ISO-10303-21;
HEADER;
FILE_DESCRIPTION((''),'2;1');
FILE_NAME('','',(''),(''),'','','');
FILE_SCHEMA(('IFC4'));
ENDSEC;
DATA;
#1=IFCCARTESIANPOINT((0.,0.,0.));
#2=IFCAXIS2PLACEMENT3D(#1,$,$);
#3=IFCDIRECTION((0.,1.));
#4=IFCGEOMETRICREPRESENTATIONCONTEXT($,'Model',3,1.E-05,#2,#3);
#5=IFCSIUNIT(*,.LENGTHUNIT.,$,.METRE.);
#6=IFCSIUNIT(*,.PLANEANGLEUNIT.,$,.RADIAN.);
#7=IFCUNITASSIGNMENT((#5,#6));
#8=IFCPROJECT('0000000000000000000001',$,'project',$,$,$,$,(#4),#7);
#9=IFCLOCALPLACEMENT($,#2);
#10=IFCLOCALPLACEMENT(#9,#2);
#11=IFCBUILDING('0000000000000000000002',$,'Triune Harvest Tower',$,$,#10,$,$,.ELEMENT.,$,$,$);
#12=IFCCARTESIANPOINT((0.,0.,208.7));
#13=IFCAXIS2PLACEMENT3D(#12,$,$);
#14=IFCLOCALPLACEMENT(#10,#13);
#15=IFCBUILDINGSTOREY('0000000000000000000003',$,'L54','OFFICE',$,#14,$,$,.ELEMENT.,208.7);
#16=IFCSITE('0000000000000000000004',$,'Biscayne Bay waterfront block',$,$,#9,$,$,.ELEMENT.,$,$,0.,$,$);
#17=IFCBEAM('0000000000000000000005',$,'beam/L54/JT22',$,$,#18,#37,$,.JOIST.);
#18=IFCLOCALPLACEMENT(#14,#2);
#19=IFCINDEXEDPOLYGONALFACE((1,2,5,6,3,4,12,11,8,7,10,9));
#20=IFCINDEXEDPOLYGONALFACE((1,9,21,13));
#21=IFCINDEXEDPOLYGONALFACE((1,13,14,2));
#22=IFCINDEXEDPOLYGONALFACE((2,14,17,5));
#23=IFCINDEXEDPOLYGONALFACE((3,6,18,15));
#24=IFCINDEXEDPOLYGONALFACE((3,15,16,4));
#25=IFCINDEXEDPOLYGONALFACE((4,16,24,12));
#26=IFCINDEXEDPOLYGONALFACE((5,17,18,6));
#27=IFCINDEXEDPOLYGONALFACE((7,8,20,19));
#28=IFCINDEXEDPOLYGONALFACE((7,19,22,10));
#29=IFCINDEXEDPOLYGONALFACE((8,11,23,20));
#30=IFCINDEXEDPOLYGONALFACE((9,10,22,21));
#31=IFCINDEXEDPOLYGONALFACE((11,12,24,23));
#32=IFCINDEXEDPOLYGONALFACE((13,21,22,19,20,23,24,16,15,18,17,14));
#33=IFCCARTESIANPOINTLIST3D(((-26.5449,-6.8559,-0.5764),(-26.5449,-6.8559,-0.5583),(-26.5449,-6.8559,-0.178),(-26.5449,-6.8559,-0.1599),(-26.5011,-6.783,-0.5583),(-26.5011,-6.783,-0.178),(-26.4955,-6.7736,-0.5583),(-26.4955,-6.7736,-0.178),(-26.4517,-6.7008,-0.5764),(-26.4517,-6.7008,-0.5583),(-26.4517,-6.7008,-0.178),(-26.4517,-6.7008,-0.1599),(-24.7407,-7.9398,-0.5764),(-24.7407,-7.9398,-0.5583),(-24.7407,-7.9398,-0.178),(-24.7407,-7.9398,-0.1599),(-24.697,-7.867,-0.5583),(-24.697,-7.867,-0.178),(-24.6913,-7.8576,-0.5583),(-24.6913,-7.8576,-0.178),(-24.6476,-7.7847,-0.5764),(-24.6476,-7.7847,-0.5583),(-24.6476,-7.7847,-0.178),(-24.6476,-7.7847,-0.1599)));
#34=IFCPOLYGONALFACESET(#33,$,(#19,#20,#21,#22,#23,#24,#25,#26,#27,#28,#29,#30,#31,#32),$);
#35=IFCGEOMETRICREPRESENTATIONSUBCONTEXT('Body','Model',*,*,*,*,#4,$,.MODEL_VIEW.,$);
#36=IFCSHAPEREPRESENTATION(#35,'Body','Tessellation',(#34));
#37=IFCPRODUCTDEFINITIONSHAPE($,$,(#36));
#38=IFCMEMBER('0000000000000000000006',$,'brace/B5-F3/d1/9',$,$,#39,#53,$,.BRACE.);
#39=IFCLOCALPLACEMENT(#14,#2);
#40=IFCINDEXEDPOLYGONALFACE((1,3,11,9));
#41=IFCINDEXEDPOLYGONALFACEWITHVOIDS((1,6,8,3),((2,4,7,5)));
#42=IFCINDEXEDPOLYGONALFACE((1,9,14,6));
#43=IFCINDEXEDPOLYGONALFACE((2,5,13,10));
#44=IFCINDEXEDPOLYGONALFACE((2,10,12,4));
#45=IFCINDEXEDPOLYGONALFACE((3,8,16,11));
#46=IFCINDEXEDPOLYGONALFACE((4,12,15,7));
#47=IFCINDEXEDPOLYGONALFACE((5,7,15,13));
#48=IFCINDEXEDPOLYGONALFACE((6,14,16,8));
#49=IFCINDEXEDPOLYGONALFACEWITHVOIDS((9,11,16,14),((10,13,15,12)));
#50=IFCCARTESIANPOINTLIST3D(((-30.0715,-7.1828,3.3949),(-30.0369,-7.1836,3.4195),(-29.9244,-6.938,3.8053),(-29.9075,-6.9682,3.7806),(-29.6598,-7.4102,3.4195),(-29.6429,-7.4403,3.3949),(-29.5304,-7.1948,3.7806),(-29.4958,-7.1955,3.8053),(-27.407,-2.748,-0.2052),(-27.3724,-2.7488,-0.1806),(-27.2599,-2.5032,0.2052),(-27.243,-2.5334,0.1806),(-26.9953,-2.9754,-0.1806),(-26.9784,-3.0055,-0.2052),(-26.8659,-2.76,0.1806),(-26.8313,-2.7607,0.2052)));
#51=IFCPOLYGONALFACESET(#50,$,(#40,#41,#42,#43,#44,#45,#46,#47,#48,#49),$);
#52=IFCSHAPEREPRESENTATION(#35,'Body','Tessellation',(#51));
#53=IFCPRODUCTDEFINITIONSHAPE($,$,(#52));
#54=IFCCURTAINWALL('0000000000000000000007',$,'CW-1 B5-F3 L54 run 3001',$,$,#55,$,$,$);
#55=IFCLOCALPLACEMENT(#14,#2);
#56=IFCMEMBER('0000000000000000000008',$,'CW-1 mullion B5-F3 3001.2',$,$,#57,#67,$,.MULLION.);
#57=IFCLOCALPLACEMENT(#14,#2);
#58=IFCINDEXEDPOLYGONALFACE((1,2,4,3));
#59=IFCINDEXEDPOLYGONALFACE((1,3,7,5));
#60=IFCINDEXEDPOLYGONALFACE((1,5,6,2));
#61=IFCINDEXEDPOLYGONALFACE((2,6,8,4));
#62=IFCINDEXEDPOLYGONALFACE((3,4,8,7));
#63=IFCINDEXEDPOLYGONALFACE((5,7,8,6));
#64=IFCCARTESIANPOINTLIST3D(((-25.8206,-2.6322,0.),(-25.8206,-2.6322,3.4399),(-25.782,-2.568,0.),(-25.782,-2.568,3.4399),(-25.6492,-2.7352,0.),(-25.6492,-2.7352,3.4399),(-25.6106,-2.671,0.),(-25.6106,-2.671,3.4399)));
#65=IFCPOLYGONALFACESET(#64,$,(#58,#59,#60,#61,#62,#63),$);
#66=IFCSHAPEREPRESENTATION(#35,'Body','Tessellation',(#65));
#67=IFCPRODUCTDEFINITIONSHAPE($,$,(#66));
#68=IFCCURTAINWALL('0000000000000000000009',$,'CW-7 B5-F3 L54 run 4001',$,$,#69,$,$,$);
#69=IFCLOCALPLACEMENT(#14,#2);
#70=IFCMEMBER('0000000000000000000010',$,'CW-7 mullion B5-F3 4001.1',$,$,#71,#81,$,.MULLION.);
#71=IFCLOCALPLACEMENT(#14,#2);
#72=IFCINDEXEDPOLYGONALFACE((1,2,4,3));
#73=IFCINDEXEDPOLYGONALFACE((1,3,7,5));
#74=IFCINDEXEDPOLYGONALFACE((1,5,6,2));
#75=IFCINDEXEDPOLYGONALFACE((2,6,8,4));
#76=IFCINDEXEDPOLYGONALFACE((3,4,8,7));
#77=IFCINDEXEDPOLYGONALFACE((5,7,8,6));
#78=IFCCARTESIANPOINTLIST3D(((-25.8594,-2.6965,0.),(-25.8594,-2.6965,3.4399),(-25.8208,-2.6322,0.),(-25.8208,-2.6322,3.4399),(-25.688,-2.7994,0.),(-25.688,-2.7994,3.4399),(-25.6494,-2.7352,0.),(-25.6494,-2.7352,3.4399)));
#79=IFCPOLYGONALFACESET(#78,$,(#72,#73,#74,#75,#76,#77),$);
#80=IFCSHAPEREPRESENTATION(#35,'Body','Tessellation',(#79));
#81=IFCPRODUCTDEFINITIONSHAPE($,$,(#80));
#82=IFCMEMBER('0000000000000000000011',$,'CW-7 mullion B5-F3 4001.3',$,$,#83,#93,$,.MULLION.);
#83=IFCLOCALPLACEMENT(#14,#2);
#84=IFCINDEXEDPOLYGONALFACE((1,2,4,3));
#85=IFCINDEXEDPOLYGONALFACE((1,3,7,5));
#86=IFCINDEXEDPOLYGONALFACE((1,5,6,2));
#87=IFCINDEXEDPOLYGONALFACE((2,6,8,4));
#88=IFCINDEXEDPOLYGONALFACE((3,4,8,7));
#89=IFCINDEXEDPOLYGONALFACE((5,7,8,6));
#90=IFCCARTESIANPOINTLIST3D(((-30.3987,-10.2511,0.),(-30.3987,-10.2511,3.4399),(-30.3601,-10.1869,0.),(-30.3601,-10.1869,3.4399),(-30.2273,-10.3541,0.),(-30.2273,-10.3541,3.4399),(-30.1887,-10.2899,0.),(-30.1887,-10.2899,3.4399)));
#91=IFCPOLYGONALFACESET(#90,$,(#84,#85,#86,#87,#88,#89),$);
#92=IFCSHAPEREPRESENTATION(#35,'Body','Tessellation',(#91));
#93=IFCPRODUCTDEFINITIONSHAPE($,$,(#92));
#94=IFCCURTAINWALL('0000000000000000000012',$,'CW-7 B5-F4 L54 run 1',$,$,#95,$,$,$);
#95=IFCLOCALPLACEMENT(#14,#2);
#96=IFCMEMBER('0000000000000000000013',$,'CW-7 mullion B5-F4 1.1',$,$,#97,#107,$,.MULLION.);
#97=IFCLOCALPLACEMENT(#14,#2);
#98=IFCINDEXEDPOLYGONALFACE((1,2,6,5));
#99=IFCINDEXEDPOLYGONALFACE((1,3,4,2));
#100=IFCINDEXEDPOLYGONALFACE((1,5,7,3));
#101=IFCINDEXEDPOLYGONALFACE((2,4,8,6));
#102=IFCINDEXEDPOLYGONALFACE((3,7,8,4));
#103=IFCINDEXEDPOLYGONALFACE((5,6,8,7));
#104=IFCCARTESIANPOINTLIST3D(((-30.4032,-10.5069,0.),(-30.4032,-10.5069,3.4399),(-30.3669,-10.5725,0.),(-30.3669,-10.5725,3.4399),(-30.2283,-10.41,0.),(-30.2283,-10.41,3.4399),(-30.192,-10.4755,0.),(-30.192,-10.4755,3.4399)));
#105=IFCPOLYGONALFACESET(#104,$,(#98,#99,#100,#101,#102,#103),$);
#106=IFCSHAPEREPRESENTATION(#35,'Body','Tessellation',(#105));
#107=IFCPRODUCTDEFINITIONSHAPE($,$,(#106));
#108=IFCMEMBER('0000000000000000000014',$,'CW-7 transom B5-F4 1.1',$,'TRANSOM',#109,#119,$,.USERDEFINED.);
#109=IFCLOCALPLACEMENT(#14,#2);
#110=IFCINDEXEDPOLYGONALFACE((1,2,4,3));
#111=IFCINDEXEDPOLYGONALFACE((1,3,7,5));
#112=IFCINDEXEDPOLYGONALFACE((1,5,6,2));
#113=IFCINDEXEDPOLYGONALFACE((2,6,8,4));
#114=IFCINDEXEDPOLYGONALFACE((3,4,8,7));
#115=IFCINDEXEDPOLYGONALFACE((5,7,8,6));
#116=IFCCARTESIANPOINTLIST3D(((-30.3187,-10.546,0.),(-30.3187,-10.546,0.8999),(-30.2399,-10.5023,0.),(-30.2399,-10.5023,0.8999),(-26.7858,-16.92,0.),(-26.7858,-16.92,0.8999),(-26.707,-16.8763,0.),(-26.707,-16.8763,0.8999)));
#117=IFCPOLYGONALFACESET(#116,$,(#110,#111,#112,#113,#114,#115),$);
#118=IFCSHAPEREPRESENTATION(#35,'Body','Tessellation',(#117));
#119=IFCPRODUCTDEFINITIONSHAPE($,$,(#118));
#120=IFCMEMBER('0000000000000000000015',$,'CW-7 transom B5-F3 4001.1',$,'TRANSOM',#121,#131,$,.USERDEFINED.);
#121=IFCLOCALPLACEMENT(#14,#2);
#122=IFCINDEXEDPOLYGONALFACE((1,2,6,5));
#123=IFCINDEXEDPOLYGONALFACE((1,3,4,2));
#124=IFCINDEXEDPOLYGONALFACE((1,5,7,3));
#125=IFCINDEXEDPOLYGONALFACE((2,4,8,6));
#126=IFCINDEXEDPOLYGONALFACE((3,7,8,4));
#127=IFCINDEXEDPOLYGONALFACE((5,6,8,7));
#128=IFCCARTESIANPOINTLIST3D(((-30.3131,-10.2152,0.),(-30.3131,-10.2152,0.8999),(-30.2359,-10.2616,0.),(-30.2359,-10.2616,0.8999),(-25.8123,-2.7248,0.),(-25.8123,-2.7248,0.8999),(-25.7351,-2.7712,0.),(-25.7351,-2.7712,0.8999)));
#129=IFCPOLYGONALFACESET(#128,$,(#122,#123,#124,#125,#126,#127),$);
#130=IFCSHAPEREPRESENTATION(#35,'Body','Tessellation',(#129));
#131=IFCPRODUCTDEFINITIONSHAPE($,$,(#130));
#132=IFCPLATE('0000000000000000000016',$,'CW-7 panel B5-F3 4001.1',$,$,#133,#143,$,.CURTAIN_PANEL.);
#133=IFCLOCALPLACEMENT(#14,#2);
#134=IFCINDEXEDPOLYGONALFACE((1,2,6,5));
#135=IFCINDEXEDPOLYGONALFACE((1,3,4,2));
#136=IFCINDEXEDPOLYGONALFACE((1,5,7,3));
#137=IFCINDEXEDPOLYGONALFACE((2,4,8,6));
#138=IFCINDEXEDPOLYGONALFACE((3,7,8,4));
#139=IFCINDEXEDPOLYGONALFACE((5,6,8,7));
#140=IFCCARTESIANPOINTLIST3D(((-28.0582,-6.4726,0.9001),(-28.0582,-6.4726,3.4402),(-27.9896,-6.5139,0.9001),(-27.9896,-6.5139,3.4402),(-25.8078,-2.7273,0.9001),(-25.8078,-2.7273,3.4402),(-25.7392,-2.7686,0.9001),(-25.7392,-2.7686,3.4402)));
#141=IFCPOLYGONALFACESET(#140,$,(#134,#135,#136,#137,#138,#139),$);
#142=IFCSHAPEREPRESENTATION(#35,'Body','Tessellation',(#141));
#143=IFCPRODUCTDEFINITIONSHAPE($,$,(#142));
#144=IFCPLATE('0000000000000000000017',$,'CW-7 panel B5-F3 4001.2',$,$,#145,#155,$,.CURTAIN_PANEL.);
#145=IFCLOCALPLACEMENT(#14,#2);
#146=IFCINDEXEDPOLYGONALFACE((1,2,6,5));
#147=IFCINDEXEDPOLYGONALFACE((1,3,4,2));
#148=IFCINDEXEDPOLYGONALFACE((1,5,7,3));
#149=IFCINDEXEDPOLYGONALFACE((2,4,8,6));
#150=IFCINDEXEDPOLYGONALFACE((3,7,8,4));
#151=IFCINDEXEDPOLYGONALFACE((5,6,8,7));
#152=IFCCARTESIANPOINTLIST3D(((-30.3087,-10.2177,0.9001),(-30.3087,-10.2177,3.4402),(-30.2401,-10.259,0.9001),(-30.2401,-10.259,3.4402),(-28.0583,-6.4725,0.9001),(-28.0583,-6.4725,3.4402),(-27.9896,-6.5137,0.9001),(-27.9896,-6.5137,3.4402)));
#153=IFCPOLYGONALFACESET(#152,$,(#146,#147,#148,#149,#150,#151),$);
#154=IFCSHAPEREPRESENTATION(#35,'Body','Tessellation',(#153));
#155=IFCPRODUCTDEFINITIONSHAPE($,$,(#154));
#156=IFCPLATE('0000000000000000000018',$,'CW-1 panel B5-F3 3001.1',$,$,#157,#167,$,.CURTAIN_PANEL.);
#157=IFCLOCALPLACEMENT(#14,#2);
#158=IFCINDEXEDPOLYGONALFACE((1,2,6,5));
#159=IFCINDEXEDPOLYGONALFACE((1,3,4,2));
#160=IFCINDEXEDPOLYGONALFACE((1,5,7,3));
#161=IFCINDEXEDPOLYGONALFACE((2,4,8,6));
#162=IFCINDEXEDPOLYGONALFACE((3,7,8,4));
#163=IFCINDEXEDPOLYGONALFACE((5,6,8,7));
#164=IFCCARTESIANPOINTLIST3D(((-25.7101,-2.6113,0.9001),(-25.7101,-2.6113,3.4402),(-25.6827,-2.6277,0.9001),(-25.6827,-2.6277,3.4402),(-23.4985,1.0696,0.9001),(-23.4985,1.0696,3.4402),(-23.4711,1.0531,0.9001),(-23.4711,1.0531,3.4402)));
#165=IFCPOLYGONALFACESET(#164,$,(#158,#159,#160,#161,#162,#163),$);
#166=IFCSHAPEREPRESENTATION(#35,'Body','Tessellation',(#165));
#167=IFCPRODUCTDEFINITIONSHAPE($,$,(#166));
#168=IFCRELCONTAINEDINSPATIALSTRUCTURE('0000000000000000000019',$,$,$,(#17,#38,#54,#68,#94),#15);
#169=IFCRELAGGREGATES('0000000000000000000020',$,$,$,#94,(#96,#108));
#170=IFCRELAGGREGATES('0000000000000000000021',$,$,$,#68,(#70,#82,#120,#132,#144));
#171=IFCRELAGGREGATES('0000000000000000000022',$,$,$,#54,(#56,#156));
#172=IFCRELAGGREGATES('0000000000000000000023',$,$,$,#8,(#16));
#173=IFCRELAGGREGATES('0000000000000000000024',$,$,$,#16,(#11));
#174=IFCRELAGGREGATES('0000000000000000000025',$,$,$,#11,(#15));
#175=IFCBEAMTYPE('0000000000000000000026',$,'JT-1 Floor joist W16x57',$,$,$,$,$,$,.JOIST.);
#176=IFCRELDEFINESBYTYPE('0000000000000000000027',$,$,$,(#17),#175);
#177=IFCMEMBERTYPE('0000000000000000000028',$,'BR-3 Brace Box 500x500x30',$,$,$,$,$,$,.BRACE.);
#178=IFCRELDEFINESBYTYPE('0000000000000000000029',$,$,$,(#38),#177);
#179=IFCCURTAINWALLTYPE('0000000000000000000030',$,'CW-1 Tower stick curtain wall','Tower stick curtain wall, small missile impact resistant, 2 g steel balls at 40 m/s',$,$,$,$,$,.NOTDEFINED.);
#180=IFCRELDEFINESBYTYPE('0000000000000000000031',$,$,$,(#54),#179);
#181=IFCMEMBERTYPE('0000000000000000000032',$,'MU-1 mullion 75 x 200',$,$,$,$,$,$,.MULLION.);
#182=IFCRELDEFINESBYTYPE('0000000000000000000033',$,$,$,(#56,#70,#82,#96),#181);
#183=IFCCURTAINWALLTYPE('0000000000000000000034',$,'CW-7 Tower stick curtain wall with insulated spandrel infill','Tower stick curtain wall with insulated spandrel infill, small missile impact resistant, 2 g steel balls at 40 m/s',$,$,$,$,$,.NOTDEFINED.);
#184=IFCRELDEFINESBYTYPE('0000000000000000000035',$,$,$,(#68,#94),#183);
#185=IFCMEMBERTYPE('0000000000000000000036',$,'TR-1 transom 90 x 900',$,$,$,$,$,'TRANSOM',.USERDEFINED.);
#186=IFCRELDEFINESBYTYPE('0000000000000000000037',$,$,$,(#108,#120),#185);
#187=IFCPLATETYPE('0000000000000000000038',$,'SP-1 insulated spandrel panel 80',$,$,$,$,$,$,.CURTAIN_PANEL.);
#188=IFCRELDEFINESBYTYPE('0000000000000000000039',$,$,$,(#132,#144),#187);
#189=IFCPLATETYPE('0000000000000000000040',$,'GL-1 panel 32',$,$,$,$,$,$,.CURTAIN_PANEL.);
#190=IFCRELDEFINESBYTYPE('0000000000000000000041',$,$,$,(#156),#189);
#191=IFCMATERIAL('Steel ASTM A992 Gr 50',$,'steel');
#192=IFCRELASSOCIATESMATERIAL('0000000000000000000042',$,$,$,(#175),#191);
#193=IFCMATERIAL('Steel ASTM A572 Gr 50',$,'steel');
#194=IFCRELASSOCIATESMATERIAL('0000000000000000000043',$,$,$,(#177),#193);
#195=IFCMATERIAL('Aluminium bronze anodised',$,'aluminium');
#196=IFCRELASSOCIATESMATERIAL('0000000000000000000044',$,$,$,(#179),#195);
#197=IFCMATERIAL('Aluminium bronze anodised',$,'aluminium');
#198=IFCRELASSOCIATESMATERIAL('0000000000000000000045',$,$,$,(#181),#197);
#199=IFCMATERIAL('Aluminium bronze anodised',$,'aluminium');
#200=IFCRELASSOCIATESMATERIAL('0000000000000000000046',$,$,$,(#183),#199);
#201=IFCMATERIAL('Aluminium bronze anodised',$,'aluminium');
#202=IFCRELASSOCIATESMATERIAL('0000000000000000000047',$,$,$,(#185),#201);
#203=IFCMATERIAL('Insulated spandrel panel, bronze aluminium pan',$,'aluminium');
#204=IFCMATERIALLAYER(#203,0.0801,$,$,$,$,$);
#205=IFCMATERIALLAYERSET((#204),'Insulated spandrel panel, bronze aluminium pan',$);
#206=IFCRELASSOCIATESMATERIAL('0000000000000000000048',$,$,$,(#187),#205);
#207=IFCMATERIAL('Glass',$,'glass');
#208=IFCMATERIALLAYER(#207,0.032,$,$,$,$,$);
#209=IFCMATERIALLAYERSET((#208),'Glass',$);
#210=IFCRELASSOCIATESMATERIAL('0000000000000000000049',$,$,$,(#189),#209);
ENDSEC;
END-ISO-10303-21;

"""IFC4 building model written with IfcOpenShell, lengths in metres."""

from ifc_helpers import new_model, si_unit, direction, frame, origin, origin_2d, place, context, subcontext, project, spatial, rectangle, hollow_rectangle, i_section, extrude, source, transform, mapped, material, layer, layer_set, material_profile, profile_set, type_object, element, aggregate, save


model = new_model("IFC4")

# Units and contexts
model_context = context("Model", 3, precision=1e-05, world=origin(), true_north=direction((0.0, 1.0)))
body_context = subcontext(model_context, "Body", "Model", "MODEL_VIEW")
ifc_project = project(units=[si_unit("LENGTHUNIT", "METRE"), si_unit("PLANEANGLEUNIT", "RADIAN")], contexts=[model_context])

# Site, building, storey
site_placement = place(None, origin())
site = spatial("IfcSite", under=ifc_project, at=site_placement, Name="Biscayne Bay waterfront block", CompositionType="ELEMENT", RefElevation=0.0)
building_placement = place(site_placement, origin())
building = spatial("IfcBuilding", under=site, at=building_placement, Name="Triune Harvest Tower", CompositionType="ELEMENT")
storey_placement = place(building_placement, frame((0.0, 0.0, 208.7)))
storey = spatial("IfcBuildingStorey", under=building, at=storey_placement, Name="L54", Description="OFFICE", CompositionType="ELEMENT", Elevation=208.7)

# Beam
ifc_material_1 = material(Name="Steel ASTM A992 Gr 50", Category="steel")
ifc_material_profile_1 = material_profile(ifc_material_1, i_section(OverallWidth=0.1809, OverallDepth=0.4165, WebThickness=0.011, FlangeThickness=0.0181, at=origin_2d()), Name="W16x57")
ifc_profile_set_1 = profile_set([ifc_material_profile_1], Name="Steel ASTM A992 Gr 50")
beam_type_1 = type_object("IfcBeamType", Name="JT-1 Floor joist W16x57", PredefinedType="JOIST", material=ifc_profile_set_1)
shared_shape_1 = source(origin(), body_context, "Body", "SweptSolid", [
    extrude(i_section(OverallWidth=0.1809, OverallDepth=0.4165, WebThickness=0.011, FlangeThickness=0.0181, at=origin_2d()), origin(), (0.0, 0.0, 1.0), 2.1047),
])
beam_1_placement = place(storey_placement, frame((-26.4983, -6.7783, -0.3682), z_axis=(0.857186, -0.515007, 0.0), x_axis=(0.515007, 0.857186, 0.0)))
element("IfcBeam", 1, at=beam_1_placement, inside=storey, type_object=beam_type_1, Name="beam/L54/JT22", PredefinedType="JOIST", context=body_context, shape_type="MappedRepresentation", body=[
    mapped(shared_shape_1, transform((0.0, 0.0, 0.0), scale=1.0)),
])

# Member
ifc_material_2 = material(Name="Steel ASTM A572 Gr 50", Category="steel")
ifc_material_profile_2 = material_profile(ifc_material_2, hollow_rectangle(XDim=0.5, YDim=0.5, WallThickness=0.03, at=origin_2d()), Name="Box 500x500x30")
ifc_profile_set_2 = profile_set([ifc_material_profile_2], Name="Steel ASTM A572 Gr 50")
member_type_1 = type_object("IfcMemberType", Name="BR-3 Brace Box 500x500x30", PredefinedType="BRACE", material=ifc_profile_set_2)
shared_shape_2 = source(origin(), body_context, "Body", "SweptSolid", [
    extrude(hollow_rectangle(XDim=0.5, YDim=0.5, WallThickness=0.03, at=origin_2d()), origin(), (0.0, 0.0, 1.0), 6.303),
])
member_1_placement = place(storey_placement, frame((-27.1191, -2.7544, 0.0), z_axis=(-0.422742, -0.703601, 0.57117), x_axis=(0.85718, -0.515016, 0.0)))
element("IfcMember", 2, at=member_1_placement, inside=storey, type_object=member_type_1, Name="brace/B5-F3/d1/9", PredefinedType="BRACE", context=body_context, shape_type="MappedRepresentation", body=[
    mapped(shared_shape_2, transform((0.0, 0.0, 0.0), scale=1.0)),
])

# Curtain wall, member
ifc_material_3 = material(Name="Aluminium bronze anodised", Category="aluminium")
curtain_wall_type_1 = type_object("IfcCurtainWallType", Name="CW-1 Tower stick curtain wall", Description="Tower stick curtain wall, small missile impact resistant, 2 g steel balls at 40 m/s", PredefinedType="NOTDEFINED", material=ifc_material_3)
curtain_wall_1_placement = place(storey_placement, origin())
curtain_wall_1 = element("IfcCurtainWall", 3, at=curtain_wall_1_placement, inside=storey, type_object=curtain_wall_type_1, Name="CW-1 B5-F3 L54 run 3001")
ifc_material_4 = material(Name="Aluminium bronze anodised", Category="aluminium")
ifc_material_profile_3 = material_profile(ifc_material_4, rectangle(XDim=0.2, YDim=0.075, at=origin_2d()), Name="MU-1 mullion 75 x 200")
ifc_profile_set_3 = profile_set([ifc_material_profile_3], Name="Aluminium bronze anodised")
member_type_2 = type_object("IfcMemberType", Name="MU-1 mullion 75 x 200", PredefinedType="MULLION", material=ifc_profile_set_3)
shared_shape_3 = source(origin(), body_context, "Body", "SweptSolid", [
    extrude(rectangle(XDim=0.2, YDim=0.075, at=origin_2d()), origin(), (0.0, 0.0, 1.0), 3.4399),
])
member_2_placement = place(storey_placement, frame((-25.7156, -2.6516, 0.0), z_axis=(0.0, 0.0, 1.0), x_axis=(0.857175, -0.515025, 0.0)))
member_2 = element("IfcMember", 4, at=member_2_placement, type_object=member_type_2, Name="CW-1 mullion B5-F3 3001.2", PredefinedType="MULLION", context=body_context, shape_type="MappedRepresentation", body=[
    mapped(shared_shape_3, transform((0.0, 0.0, 0.0), scale=1.0)),
])

# Curtain walls, members
ifc_material_5 = material(Name="Aluminium bronze anodised", Category="aluminium")
curtain_wall_type_2 = type_object("IfcCurtainWallType", Name="CW-7 Tower stick curtain wall with insulated spandrel infill", Description="Tower stick curtain wall with insulated spandrel infill, small missile impact resistant, 2 g steel balls at 40 m/s", PredefinedType="NOTDEFINED", material=ifc_material_5)
curtain_wall_2_placement = place(storey_placement, origin())
curtain_wall_2 = element("IfcCurtainWall", 5, at=curtain_wall_2_placement, inside=storey, type_object=curtain_wall_type_2, Name="CW-7 B5-F3 L54 run 4001")
member_3_placement = place(storey_placement, frame((-25.7544, -2.7158, 0.0), z_axis=(0.0, 0.0, 1.0), x_axis=(0.857166, -0.515039, 0.0)))
member_3 = element("IfcMember", 6, at=member_3_placement, type_object=member_type_2, Name="CW-7 mullion B5-F3 4001.1", PredefinedType="MULLION", context=body_context, shape_type="MappedRepresentation", body=[
    mapped(shared_shape_3, transform((0.0, 0.0, 0.0), scale=1.0)),
])
member_4_placement = place(storey_placement, frame((-30.2937, -10.2705, 0.0), z_axis=(0.0, 0.0, 1.0), x_axis=(0.857166, -0.515039, 0.0)))
member_4 = element("IfcMember", 7, at=member_4_placement, type_object=member_type_2, Name="CW-7 mullion B5-F3 4001.3", PredefinedType="MULLION", context=body_context, shape_type="MappedRepresentation", body=[
    mapped(shared_shape_3, transform((0.0, 0.0, 0.0), scale=1.0)),
])
curtain_wall_3_placement = place(storey_placement, origin())
curtain_wall_3 = element("IfcCurtainWall", 8, at=curtain_wall_3_placement, inside=storey, type_object=curtain_wall_type_2, Name="CW-7 B5-F4 L54 run 1")
member_5_placement = place(storey_placement, frame((-30.2976, -10.4912, 0.0), z_axis=(0.0, 0.0, 1.0), x_axis=(0.874624, 0.484802, 0.0)))
member_5 = element("IfcMember", 9, at=member_5_placement, type_object=member_type_2, Name="CW-7 mullion B5-F4 1.1", PredefinedType="MULLION", context=body_context, shape_type="MappedRepresentation", body=[
    mapped(shared_shape_3, transform((0.0, 0.0, 0.0), scale=1.0)),
])
ifc_material_6 = material(Name="Aluminium bronze anodised", Category="aluminium")
ifc_material_profile_4 = material_profile(ifc_material_6, rectangle(XDim=0.0901, YDim=0.8999, at=origin_2d()), Name="TR-1 transom 90 x 900")
ifc_profile_set_4 = profile_set([ifc_material_profile_4], Name="Aluminium bronze anodised")
member_type_3 = type_object("IfcMemberType", Name="TR-1 transom 90 x 900", ElementType="TRANSOM", PredefinedType="USERDEFINED", material=ifc_profile_set_4)
shared_shape_4 = source(origin(), body_context, "Body", "SweptSolid", [
    extrude(rectangle(XDim=0.0901, YDim=0.8999, at=origin_2d()), origin(), (0.0, 0.0, 1.0), 7.2876),
])
member_6_placement = place(storey_placement, frame((-30.2793, -10.5242, 0.45), z_axis=(0.484787, -0.874633, 0.0), x_axis=(0.874633, 0.484787, 0.0)))
member_6 = element("IfcMember", 10, at=member_6_placement, type_object=member_type_3, Name="CW-7 transom B5-F4 1.1", ObjectType="TRANSOM", PredefinedType="USERDEFINED", context=body_context, shape_type="MappedRepresentation", body=[
    mapped(shared_shape_4, transform((0.0, 0.0, 0.0), scale=1.0)),
])
aggregate(curtain_wall_3, [member_5, member_6])

# Member
shared_shape_5 = source(origin(), body_context, "Body", "SweptSolid", [
    extrude(rectangle(XDim=0.0901, YDim=0.8999, at=origin_2d()), origin(), (0.0, 0.0, 1.0), 8.7385),
])
member_7_placement = place(storey_placement, frame((-25.7737, -2.748, 0.45), z_axis=(-0.51505, -0.85716, 0.0), x_axis=(0.85716, -0.51505, 0.0)))
member_7 = element("IfcMember", 11, at=member_7_placement, type_object=member_type_3, Name="CW-7 transom B5-F3 4001.1", ObjectType="TRANSOM", PredefinedType="USERDEFINED", context=body_context, shape_type="MappedRepresentation", body=[
    mapped(shared_shape_5, transform((0.0, 0.0, 0.0), scale=1.0)),
])

# Plates
ifc_material_7 = material(Name="Insulated spandrel panel, bronze aluminium pan", Category="aluminium")
ifc_layer_1 = layer(ifc_material_7, 0.0801)
ifc_layer_set_1 = layer_set([ifc_layer_1], Name="Insulated spandrel panel, bronze aluminium pan")
plate_type_1 = type_object("IfcPlateType", Name="SP-1 insulated spandrel panel 80", PredefinedType="CURTAIN_PANEL", material=ifc_layer_set_1)
shared_shape_6 = source(origin(), body_context, "Body", "SweptSolid", [
    extrude(rectangle(XDim=4.3694, YDim=0.0801, at=origin_2d()), origin(), (0.0, 0.0, 1.0), 2.54),
])
plate_1_placement = place(storey_placement, frame((-26.8987, -4.6206, 0.9001), z_axis=(0.0, 0.0, 1.0), x_axis=(-0.515039, -0.857166, 0.0)))
plate_1 = element("IfcPlate", 12, at=plate_1_placement, type_object=plate_type_1, Name="CW-7 panel B5-F3 4001.1", PredefinedType="CURTAIN_PANEL", context=body_context, shape_type="MappedRepresentation", body=[
    mapped(shared_shape_6, transform((0.0, 0.0, 0.0), scale=1.0)),
])
plate_2_placement = place(storey_placement, frame((-29.1492, -8.3657, 0.9001), z_axis=(0.0, 0.0, 1.0), x_axis=(-0.515039, -0.857166, 0.0)))
plate_2 = element("IfcPlate", 13, at=plate_2_placement, type_object=plate_type_1, Name="CW-7 panel B5-F3 4001.2", PredefinedType="CURTAIN_PANEL", context=body_context, shape_type="MappedRepresentation", body=[
    mapped(shared_shape_6, transform((0.0, 0.0, 0.0), scale=1.0)),
])
aggregate(curtain_wall_2, [member_3, member_4, member_7, plate_1, plate_2])
ifc_material_8 = material(Name="Glass", Category="glass")
ifc_layer_2 = layer(ifc_material_8, 0.032)
ifc_layer_set_2 = layer_set([ifc_layer_2], Name="Glass")
plate_type_2 = type_object("IfcPlateType", Name="GL-1 panel 32", PredefinedType="CURTAIN_PANEL", material=ifc_layer_set_2)
shared_shape_7 = source(origin(), body_context, "Body", "SweptSolid", [
    extrude(rectangle(XDim=4.2942, YDim=0.032, at=origin_2d()), origin(), (0.0, 0.0, 1.0), 2.54),
])
plate_3_placement = place(storey_placement, frame((-24.5906, -0.7791, 0.9001), z_axis=(0.0, 0.0, 1.0), x_axis=(-0.515025, -0.857175, 0.0)))
plate_3 = element("IfcPlate", 14, at=plate_3_placement, type_object=plate_type_2, Name="CW-1 panel B5-F3 3001.1", PredefinedType="CURTAIN_PANEL", context=body_context, shape_type="MappedRepresentation", body=[
    mapped(shared_shape_7, transform((0.0, 0.0, 0.0), scale=1.0)),
])
aggregate(curtain_wall_1, [member_2, plate_3])

save(model, "model.ifc")
